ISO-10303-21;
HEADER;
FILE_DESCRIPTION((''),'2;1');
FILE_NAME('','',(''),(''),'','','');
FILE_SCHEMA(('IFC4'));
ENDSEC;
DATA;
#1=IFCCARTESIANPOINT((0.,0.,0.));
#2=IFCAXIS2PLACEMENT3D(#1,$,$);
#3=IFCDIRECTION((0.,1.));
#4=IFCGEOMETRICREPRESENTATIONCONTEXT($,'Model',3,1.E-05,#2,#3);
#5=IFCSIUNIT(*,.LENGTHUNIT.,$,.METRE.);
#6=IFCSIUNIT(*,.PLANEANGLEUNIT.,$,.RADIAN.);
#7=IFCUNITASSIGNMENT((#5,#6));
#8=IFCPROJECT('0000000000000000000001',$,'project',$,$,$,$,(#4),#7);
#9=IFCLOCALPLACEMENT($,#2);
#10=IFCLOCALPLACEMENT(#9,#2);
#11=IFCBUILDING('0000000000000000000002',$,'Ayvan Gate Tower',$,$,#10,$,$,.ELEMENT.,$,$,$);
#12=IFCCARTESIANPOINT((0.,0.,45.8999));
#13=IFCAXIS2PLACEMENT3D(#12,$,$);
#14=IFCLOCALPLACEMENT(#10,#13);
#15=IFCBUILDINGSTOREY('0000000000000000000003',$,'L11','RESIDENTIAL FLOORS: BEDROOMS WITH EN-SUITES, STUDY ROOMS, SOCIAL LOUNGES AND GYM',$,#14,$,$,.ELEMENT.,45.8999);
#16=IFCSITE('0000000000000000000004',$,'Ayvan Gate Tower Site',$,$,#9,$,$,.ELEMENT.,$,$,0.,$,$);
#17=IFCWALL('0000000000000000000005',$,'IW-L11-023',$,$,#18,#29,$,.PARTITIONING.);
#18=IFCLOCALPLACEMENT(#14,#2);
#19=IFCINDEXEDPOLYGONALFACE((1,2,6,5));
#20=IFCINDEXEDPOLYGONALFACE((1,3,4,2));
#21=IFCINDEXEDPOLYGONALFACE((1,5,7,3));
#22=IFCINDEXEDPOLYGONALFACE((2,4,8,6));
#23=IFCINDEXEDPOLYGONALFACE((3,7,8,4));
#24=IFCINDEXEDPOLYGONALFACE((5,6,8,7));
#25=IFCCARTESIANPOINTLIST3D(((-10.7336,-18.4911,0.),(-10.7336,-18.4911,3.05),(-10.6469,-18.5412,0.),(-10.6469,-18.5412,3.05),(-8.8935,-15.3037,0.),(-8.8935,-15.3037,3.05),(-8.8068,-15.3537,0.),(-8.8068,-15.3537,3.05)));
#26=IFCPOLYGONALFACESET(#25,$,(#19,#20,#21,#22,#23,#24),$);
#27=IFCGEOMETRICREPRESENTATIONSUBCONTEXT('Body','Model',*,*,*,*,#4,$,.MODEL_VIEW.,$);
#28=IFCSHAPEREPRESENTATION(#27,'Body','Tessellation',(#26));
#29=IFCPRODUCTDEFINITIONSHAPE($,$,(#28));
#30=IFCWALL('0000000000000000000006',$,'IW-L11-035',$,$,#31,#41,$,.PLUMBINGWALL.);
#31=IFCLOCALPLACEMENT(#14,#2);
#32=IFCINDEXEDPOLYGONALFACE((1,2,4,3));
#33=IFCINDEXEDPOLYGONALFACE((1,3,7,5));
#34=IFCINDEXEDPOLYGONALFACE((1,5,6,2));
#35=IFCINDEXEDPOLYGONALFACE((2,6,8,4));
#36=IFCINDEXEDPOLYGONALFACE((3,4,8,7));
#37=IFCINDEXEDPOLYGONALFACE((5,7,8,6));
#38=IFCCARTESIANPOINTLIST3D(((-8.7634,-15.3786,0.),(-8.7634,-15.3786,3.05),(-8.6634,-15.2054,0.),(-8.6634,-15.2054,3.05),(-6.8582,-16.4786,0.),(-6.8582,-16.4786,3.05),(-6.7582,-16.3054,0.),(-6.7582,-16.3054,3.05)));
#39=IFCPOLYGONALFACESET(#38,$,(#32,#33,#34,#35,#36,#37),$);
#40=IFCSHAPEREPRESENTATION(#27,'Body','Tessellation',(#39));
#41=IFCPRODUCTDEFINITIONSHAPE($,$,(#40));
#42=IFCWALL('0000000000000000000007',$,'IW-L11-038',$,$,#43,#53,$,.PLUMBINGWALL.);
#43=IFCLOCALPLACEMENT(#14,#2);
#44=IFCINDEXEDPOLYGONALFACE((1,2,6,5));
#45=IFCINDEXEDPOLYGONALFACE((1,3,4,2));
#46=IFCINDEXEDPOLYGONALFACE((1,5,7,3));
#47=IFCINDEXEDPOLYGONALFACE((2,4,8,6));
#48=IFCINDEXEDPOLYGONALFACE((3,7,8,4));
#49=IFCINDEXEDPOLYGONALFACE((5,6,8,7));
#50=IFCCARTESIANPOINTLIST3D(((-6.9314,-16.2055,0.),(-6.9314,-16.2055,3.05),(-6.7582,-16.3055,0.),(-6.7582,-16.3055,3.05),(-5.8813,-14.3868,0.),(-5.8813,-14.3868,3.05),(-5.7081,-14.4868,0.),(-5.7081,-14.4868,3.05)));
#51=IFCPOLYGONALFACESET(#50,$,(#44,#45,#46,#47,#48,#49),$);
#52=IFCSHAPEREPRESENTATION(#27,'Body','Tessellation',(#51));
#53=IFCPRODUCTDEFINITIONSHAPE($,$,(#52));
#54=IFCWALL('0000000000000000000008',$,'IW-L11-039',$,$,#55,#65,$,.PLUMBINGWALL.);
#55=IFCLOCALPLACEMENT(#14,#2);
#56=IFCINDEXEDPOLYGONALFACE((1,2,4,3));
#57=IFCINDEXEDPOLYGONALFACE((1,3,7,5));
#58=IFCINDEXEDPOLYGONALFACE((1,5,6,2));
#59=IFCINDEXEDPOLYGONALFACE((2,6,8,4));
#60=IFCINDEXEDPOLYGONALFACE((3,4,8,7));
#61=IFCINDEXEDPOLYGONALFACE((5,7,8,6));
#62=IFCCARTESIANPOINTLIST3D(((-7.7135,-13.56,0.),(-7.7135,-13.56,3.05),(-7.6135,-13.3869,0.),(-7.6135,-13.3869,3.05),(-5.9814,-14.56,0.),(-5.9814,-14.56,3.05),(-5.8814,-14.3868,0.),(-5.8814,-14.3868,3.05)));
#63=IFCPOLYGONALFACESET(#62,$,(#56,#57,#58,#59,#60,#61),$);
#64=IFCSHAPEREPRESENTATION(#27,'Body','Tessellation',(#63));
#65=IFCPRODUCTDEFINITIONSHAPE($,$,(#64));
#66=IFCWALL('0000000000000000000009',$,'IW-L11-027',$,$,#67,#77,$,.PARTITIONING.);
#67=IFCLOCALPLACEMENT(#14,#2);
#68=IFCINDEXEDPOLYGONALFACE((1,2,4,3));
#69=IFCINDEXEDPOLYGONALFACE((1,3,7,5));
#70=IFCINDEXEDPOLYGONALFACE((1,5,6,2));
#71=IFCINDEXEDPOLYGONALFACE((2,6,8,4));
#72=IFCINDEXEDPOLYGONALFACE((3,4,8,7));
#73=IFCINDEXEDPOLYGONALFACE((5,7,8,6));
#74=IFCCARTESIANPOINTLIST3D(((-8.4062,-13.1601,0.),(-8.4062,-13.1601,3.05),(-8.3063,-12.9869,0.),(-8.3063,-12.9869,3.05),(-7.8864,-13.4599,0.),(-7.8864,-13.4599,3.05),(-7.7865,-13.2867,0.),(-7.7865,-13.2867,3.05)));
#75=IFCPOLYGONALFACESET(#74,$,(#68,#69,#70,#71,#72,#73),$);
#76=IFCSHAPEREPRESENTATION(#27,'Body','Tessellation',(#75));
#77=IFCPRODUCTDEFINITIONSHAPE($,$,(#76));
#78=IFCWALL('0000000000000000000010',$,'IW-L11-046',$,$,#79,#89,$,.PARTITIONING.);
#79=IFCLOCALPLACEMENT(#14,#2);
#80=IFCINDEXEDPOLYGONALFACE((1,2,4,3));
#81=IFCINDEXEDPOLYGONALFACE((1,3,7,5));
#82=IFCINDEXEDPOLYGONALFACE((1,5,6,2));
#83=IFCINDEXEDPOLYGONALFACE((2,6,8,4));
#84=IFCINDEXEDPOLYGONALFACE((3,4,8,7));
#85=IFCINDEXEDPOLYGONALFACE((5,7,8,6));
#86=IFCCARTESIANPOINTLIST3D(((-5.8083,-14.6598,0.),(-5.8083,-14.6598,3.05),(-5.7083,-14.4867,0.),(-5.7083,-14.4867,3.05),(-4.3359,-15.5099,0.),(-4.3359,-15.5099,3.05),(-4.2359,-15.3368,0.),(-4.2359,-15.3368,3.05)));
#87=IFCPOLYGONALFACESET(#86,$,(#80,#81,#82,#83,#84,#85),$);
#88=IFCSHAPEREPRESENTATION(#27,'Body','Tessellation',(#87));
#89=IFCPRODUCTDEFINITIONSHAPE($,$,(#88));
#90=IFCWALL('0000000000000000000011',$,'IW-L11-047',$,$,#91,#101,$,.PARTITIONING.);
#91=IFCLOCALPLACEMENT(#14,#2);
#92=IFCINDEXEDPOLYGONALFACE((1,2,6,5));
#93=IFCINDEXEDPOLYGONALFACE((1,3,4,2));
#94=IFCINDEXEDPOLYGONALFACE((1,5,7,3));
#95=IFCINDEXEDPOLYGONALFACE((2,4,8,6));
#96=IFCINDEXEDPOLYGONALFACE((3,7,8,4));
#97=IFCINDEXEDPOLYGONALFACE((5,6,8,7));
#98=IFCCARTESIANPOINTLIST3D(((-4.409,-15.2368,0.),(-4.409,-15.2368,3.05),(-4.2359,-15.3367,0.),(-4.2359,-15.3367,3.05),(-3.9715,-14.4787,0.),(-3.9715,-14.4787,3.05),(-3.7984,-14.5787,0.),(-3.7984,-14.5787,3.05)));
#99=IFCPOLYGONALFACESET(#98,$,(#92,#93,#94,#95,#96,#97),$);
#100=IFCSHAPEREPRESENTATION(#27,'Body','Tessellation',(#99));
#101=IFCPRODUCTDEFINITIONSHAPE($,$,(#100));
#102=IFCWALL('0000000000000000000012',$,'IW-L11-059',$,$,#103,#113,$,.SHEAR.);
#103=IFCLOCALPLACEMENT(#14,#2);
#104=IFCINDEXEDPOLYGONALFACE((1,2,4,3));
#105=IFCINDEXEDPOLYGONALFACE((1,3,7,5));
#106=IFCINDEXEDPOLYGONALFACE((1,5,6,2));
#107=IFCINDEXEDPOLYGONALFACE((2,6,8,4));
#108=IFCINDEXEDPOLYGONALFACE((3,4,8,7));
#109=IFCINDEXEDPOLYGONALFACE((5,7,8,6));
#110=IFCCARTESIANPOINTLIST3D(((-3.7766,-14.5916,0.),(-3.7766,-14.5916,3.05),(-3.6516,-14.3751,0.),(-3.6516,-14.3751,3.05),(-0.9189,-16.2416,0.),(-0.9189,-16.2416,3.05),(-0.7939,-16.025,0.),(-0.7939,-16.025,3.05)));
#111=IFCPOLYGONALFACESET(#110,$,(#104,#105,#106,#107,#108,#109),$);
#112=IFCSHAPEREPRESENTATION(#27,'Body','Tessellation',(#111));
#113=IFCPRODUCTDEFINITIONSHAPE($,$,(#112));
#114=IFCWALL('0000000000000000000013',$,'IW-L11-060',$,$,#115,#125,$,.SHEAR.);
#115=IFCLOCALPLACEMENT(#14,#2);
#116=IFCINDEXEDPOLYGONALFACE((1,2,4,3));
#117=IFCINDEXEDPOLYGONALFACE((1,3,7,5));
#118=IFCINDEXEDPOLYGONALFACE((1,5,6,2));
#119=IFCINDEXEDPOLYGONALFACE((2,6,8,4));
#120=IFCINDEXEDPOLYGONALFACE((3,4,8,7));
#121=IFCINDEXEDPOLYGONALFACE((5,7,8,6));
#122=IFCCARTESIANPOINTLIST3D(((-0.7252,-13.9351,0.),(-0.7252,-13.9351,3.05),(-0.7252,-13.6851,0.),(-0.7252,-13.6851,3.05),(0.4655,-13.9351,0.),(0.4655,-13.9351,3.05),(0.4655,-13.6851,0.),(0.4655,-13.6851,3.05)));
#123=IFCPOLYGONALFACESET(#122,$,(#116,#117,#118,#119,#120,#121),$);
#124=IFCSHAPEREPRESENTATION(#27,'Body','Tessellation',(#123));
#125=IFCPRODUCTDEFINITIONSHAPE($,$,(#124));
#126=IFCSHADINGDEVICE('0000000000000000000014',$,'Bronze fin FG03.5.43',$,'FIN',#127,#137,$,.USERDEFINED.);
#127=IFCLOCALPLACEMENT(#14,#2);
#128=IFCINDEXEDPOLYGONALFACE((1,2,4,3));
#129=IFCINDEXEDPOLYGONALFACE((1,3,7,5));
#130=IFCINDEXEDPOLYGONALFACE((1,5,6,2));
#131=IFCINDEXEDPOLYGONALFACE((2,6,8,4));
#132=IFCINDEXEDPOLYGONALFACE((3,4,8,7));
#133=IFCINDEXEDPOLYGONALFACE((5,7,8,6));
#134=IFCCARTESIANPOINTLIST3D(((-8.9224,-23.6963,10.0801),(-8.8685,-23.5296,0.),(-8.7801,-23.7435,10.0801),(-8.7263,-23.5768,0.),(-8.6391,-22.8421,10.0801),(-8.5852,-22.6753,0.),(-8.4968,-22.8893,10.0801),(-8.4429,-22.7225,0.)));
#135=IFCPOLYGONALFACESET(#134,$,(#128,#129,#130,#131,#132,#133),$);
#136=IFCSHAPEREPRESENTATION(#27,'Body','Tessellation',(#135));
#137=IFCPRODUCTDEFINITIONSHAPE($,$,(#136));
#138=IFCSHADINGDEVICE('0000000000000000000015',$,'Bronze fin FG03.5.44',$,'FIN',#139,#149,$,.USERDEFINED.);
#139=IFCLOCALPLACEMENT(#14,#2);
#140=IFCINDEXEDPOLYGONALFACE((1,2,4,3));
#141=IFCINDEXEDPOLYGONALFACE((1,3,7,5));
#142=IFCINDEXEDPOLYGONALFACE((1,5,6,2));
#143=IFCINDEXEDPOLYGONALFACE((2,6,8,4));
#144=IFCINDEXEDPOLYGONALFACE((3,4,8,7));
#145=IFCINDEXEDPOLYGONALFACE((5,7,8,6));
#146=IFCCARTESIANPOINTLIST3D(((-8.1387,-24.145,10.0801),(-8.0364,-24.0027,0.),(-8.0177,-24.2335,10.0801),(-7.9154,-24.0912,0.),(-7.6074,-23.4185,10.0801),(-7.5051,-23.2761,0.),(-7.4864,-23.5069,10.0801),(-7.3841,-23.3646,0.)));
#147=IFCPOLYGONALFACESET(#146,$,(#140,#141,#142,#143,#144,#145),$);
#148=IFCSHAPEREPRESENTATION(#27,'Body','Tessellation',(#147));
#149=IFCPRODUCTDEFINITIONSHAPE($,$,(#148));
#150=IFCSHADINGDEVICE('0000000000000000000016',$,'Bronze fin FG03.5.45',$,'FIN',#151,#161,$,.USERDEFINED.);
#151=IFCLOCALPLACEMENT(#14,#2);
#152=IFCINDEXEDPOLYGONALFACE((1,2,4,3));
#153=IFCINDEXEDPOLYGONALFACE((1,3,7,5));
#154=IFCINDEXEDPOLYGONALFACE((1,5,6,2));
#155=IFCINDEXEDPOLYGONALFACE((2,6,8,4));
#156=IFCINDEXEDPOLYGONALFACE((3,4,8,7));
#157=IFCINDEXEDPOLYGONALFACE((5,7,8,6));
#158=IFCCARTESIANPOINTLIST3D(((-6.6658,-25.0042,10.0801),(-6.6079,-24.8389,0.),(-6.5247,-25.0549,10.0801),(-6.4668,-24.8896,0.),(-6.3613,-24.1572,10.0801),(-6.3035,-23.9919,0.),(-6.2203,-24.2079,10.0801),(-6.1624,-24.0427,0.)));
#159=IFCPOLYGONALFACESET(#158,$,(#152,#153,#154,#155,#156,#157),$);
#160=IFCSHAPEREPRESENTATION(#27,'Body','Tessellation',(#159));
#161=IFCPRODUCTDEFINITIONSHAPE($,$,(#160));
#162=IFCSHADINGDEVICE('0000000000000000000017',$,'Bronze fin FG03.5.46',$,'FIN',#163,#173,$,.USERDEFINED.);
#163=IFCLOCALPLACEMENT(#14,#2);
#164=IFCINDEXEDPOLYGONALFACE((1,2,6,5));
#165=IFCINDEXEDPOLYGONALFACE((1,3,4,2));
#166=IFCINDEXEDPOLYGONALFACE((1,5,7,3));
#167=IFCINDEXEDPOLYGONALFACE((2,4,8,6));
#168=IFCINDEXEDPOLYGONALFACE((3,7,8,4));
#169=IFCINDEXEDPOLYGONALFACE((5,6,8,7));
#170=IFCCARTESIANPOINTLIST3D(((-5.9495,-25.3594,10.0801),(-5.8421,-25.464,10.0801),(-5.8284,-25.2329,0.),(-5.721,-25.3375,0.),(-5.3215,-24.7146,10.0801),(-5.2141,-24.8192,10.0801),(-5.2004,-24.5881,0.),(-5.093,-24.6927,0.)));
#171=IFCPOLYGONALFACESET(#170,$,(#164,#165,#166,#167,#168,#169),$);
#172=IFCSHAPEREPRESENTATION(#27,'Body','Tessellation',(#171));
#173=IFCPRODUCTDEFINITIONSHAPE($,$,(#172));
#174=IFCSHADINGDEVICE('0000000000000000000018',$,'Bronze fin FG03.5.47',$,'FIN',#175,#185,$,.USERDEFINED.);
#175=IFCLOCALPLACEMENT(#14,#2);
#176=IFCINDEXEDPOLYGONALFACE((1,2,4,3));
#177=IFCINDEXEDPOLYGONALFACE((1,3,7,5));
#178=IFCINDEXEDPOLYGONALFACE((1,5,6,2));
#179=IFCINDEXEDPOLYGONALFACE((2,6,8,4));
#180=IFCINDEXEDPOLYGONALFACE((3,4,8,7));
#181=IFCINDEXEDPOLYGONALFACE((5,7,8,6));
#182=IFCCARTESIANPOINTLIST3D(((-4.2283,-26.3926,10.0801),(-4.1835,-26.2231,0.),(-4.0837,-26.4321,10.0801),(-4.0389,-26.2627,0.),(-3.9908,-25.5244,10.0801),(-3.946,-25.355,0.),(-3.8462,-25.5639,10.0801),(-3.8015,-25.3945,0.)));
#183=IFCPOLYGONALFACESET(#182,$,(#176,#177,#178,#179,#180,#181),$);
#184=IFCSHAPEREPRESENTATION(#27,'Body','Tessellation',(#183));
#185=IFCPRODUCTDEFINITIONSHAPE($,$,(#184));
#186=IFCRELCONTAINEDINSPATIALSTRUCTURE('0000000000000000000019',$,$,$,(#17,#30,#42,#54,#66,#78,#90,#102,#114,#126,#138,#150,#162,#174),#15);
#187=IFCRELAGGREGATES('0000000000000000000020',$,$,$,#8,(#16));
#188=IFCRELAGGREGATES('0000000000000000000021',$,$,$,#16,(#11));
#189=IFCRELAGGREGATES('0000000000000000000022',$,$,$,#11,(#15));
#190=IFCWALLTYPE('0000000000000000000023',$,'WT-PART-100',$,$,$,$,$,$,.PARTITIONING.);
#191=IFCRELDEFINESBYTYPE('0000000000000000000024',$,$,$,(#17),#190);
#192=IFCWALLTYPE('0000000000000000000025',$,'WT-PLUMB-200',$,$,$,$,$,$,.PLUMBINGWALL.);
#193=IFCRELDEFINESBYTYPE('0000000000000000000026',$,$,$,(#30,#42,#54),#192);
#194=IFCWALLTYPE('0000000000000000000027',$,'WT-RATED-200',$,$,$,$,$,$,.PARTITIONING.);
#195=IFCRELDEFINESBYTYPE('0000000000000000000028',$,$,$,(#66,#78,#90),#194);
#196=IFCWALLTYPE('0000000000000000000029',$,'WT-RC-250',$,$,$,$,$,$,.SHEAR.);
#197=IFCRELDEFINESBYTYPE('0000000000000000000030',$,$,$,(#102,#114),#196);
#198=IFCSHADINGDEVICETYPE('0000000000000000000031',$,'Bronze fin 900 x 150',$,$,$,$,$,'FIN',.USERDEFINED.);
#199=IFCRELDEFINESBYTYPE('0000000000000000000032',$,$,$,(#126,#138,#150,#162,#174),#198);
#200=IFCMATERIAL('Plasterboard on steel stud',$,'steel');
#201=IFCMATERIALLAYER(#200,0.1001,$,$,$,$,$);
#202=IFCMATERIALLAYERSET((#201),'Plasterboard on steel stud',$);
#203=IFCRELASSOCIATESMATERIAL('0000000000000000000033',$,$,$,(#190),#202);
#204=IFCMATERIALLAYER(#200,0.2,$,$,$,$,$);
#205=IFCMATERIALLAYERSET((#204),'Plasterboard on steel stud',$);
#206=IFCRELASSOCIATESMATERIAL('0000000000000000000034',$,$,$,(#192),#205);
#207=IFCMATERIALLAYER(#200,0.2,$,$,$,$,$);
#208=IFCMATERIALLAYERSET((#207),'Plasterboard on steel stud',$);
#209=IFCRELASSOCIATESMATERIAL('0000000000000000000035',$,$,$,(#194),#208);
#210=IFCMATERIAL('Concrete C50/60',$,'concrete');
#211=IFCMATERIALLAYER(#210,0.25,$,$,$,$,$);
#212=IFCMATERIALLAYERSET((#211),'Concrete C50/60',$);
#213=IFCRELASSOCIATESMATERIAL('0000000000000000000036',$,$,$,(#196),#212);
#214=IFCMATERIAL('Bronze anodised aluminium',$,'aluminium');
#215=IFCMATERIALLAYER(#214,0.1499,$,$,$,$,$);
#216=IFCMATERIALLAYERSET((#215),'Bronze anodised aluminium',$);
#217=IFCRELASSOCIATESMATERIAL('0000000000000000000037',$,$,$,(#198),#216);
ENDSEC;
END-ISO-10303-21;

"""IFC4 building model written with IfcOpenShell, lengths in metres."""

from ifc_helpers import new_model, si_unit, direction, frame, frame_2d, origin, place, context, subcontext, project, spatial, polyline, rectangle, outline, extrude, material, layer, layer_set, type_object, element, save


model = new_model("IFC4")

# Units and contexts
model_context = context("Model", 3, precision=1e-05, world=origin(), true_north=direction((0.0, 1.0)))
body_context = subcontext(model_context, "Body", "Model", "MODEL_VIEW")
ifc_project = project(units=[si_unit("LENGTHUNIT", "METRE"), si_unit("PLANEANGLEUNIT", "RADIAN")], contexts=[model_context])

# Site, building, storey
site_placement = place(None, origin())
site = spatial("IfcSite", under=ifc_project, at=site_placement, Name="Ayvan Gate Tower Site", CompositionType="ELEMENT", RefElevation=0.0)
building_placement = place(site_placement, origin())
building = spatial("IfcBuilding", under=site, at=building_placement, Name="Ayvan Gate Tower", CompositionType="ELEMENT")
storey_placement = place(building_placement, frame((0.0, 0.0, 45.8999)))
storey = spatial("IfcBuildingStorey", under=building, at=storey_placement, Name="L11", Description="RESIDENTIAL FLOORS: BEDROOMS WITH EN-SUITES, STUDY ROOMS, SOCIAL LOUNGES AND GYM", CompositionType="ELEMENT", Elevation=45.8999)

# Shared definitions
ifc_material_1 = material(Name="Bronze anodised aluminium", Category="aluminium")

# Walls
ifc_material_2 = material(Name="Plasterboard on steel stud", Category="steel")
ifc_layer_1 = layer(ifc_material_2, 0.1001)
ifc_layer_set_1 = layer_set([ifc_layer_1], Name="Plasterboard on steel stud")
wall_type_1 = type_object("IfcWallType", Name="WT-PART-100", PredefinedType="PARTITIONING", material=ifc_layer_set_1)
wall_1_placement = place(storey_placement, frame((-8.8501, -15.3286, 0.0), z_axis=(0.0, 0.0, 1.0), x_axis=(-0.499956, -0.866051, 0.0)))
element("IfcWall", 1, at=wall_1_placement, inside=storey, type_object=wall_type_1, Name="IW-L11-023", PredefinedType="PARTITIONING", context=body_context, shape_type="SweptSolid", body=[
    extrude(rectangle(XDim=3.6804, YDim=0.1001, at=frame_2d((1.8403, 0.0))), origin(), (0.0, 0.0, 1.0), 3.05),
])
ifc_layer_2 = layer(ifc_material_2, 0.2)
ifc_layer_set_2 = layer_set([ifc_layer_2], Name="Plasterboard on steel stud")
wall_type_2 = type_object("IfcWallType", Name="WT-PLUMB-200", PredefinedType="PLUMBINGWALL", material=ifc_layer_set_2)
wall_2_placement = place(storey_placement, frame((-6.8081, -16.3921, 0.0), z_axis=(0.0, 0.0, 1.0), x_axis=(-0.866008, 0.50003, 0.0)))
element("IfcWall", 2, at=wall_2_placement, inside=storey, type_object=wall_type_2, Name="IW-L11-035", PredefinedType="PLUMBINGWALL", context=body_context, shape_type="SweptSolid", body=[
    extrude(rectangle(XDim=2.2, YDim=0.2, at=frame_2d((1.1001, 0.0))), origin(), (0.0, 0.0, 1.0), 3.05),
])
wall_3_placement = place(storey_placement, frame((-5.7947, -14.4368, 0.0), z_axis=(0.0, 0.0, 1.0), x_axis=(-0.500028, -0.866009, 0.0)))
element("IfcWall", 3, at=wall_3_placement, inside=storey, type_object=wall_type_2, Name="IW-L11-038", PredefinedType="PLUMBINGWALL", context=body_context, shape_type="SweptSolid", body=[
    extrude(rectangle(XDim=2.1001, YDim=0.2, at=frame_2d((1.05, 0.0))), origin(), (0.0, 0.0, 1.0), 3.05),
])
wall_4_placement = place(storey_placement, frame((-5.9314, -14.4734, 0.0), z_axis=(0.0, 0.0, 1.0), x_axis=(-0.866041, 0.499973, 0.0)))
element("IfcWall", 4, at=wall_4_placement, inside=storey, type_object=wall_type_2, Name="IW-L11-039", PredefinedType="PLUMBINGWALL", context=body_context, shape_type="SweptSolid", body=[
    extrude(rectangle(XDim=2.0, YDim=0.2, at=frame_2d((1.0, 0.0))), origin(), (0.0, 0.0, 1.0), 3.05),
])
ifc_layer_3 = layer(ifc_material_2, 0.2)
ifc_layer_set_3 = layer_set([ifc_layer_3], Name="Plasterboard on steel stud")
wall_type_3 = type_object("IfcWallType", Name="WT-RATED-200", PredefinedType="PARTITIONING", material=ifc_layer_set_3)
wall_5_placement = place(storey_placement, frame((-7.8364, -13.3733, 0.0), z_axis=(0.0, 0.0, 1.0), x_axis=(-0.866233, 0.49964, 0.0)))
element("IfcWall", 5, at=wall_5_placement, inside=storey, type_object=wall_type_3, Name="IW-L11-027", PredefinedType="PARTITIONING", context=body_context, shape_type="SweptSolid", body=[
    extrude(rectangle(XDim=0.6001, YDim=0.2, at=frame_2d((0.3, 0.0))), origin(), (0.0, 0.0, 1.0), 3.05),
])
wall_6_placement = place(storey_placement, frame((-4.2859, -15.4233, 0.0), z_axis=(0.0, 0.0, 1.0), x_axis=(-0.866025, 0.5, 0.0)))
element("IfcWall", 6, at=wall_6_placement, inside=storey, type_object=wall_type_3, Name="IW-L11-046", PredefinedType="PARTITIONING", context=body_context, shape_type="SweptSolid", body=[
    extrude(rectangle(XDim=1.7002, YDim=0.2, at=frame_2d((0.8501, 0.0))), origin(), (0.0, 0.0, 1.0), 3.05),
])
wall_7_placement = place(storey_placement, frame((-3.885, -14.5288, 0.0), z_axis=(0.0, 0.0, 1.0), x_axis=(-0.499859, -0.866107, 0.0)))
element("IfcWall", 7, at=wall_7_placement, inside=storey, type_object=wall_type_3, Name="IW-L11-047", PredefinedType="PARTITIONING", context=body_context, shape_type="SweptSolid", body=[
    extrude(rectangle(XDim=0.8752, YDim=0.2, at=frame_2d((0.4375, 0.0))), origin(), (0.0, 0.0, 1.0), 3.05),
])
ifc_material_3 = material(Name="Concrete C50/60", Category="concrete")
ifc_layer_4 = layer(ifc_material_3, 0.25)
ifc_layer_set_4 = layer_set([ifc_layer_4], Name="Concrete C50/60")
wall_type_4 = type_object("IfcWallType", Name="WT-RC-250", PredefinedType="SHEAR", material=ifc_layer_set_4)
wall_8_placement = place(storey_placement, frame((-0.8564, -16.1333, 0.0), z_axis=(0.0, 0.0, 1.0), x_axis=(-0.866022, 0.500006, 0.0)))
element("IfcWall", 8, at=wall_8_placement, inside=storey, type_object=wall_type_4, Name="IW-L11-059", PredefinedType="SHEAR", context=body_context, shape_type="SweptSolid", body=[
    extrude(rectangle(XDim=3.2998, YDim=0.25, at=frame_2d((1.6499, 0.0))), origin(), (0.0, 0.0, 1.0), 3.05),
])
wall_9_placement = place(storey_placement, frame((-0.7251, -13.8101, 0.0), z_axis=(0.0, 0.0, 1.0), x_axis=(1.0, 0.0, 0.0)))
element("IfcWall", 9, at=wall_9_placement, inside=storey, type_object=wall_type_4, Name="IW-L11-060", PredefinedType="SHEAR", context=body_context, shape_type="SweptSolid", body=[
    extrude(rectangle(XDim=1.1907, YDim=0.25, at=frame_2d((0.5952, 0.0))), origin(), (0.0, 0.0, 1.0), 3.05),
])

# Shading devices
ifc_layer_5 = layer(ifc_material_1, 0.1499)
ifc_layer_set_5 = layer_set([ifc_layer_5], Name="Bronze anodised aluminium")
shading_device_type = type_object("IfcShadingDeviceType", Name="Bronze fin 900 x 150", ElementType="FIN", PredefinedType="USERDEFINED", material=ifc_layer_set_5)
shading_device_1_placement = place(storey_placement, frame((-8.5852, -22.6753, 0.0), z_axis=(-0.949157, 0.314803, 0.000139), x_axis=(-0.314803, -0.949157, 0.0)))
element("IfcShadingDevice", 10, at=shading_device_1_placement, inside=storey, type_object=shading_device_type, Name="Bronze fin FG03.5.43", ObjectType="FIN", PredefinedType="USERDEFINED", context=body_context, shape_type="SweptSolid", body=[
    extrude(outline(polyline([(0.0, 0.0), (0.9, 0.0), (1.0752, 10.0801), (0.1753, 10.0801), (0.0, 0.0)])), origin(), (0.0, 0.0, -1.0), 0.1499),
])
shading_device_2_placement = place(storey_placement, frame((-7.5051, -23.2761, 0.0), z_axis=(-0.807232, 0.590234, 0.000142), x_axis=(-0.590234, -0.807232, 0.0)))
element("IfcShadingDevice", 11, at=shading_device_2_placement, inside=storey, type_object=shading_device_type, Name="Bronze fin FG03.5.44", ObjectType="FIN", PredefinedType="USERDEFINED", context=body_context, shape_type="SweptSolid", body=[
    extrude(outline(polyline([(0.0, 0.0), (0.9001, 0.0), (1.0753, 10.0801), (0.1753, 10.0801), (0.0, 0.0)])), origin(), (0.0, 0.0, -1.0), 0.1499),
])
shading_device_3_placement = place(storey_placement, frame((-6.3035, -23.9919, 0.0), z_axis=(-0.941046, 0.338278, 0.000145), x_axis=(-0.338278, -0.941046, 0.0)))
element("IfcShadingDevice", 12, at=shading_device_3_placement, inside=storey, type_object=shading_device_type, Name="Bronze fin FG03.5.45", ObjectType="FIN", PredefinedType="USERDEFINED", context=body_context, shape_type="SweptSolid", body=[
    extrude(outline(polyline([(0.0, 0.0), (0.9, 0.0), (1.0751, 10.0801), (0.1751, 10.0801), (0.0, 0.0)])), origin(), (0.0, 0.0, -1.0), 0.1499),
])
shading_device_4_placement = place(storey_placement, frame((-5.2004, -24.5881, 0.0), z_axis=(-0.716403, 0.697686, 0.000147), x_axis=(-0.697686, -0.716403, 0.0)))
element("IfcShadingDevice", 13, at=shading_device_4_placement, inside=storey, type_object=shading_device_type, Name="Bronze fin FG03.5.46", ObjectType="FIN", PredefinedType="USERDEFINED", context=body_context, shape_type="SweptSolid", body=[
    extrude(outline(polyline([(0.0, 0.0), (0.9, 0.0), (1.0751, 10.0801), (0.1751, 10.0801), (0.0, 0.0)])), origin(), (0.0, 0.0, -1.0), 0.1499),
])
shading_device_5_placement = place(storey_placement, frame((-3.946, -25.355, 0.0), z_axis=(-0.964579, 0.263794, 0.000147), x_axis=(-0.263794, -0.964579, 0.0)))
element("IfcShadingDevice", 14, at=shading_device_5_placement, inside=storey, type_object=shading_device_type, Name="Bronze fin FG03.5.47", ObjectType="FIN", PredefinedType="USERDEFINED", context=body_context, shape_type="SweptSolid", body=[
    extrude(outline(polyline([(0.0, 0.0), (0.9, 0.0), (1.0753, 10.0801), (0.1752, 10.0801), (0.0, 0.0)])), origin(), (0.0, 0.0, -1.0), 0.1499),
])

save(model, "model.ifc")
